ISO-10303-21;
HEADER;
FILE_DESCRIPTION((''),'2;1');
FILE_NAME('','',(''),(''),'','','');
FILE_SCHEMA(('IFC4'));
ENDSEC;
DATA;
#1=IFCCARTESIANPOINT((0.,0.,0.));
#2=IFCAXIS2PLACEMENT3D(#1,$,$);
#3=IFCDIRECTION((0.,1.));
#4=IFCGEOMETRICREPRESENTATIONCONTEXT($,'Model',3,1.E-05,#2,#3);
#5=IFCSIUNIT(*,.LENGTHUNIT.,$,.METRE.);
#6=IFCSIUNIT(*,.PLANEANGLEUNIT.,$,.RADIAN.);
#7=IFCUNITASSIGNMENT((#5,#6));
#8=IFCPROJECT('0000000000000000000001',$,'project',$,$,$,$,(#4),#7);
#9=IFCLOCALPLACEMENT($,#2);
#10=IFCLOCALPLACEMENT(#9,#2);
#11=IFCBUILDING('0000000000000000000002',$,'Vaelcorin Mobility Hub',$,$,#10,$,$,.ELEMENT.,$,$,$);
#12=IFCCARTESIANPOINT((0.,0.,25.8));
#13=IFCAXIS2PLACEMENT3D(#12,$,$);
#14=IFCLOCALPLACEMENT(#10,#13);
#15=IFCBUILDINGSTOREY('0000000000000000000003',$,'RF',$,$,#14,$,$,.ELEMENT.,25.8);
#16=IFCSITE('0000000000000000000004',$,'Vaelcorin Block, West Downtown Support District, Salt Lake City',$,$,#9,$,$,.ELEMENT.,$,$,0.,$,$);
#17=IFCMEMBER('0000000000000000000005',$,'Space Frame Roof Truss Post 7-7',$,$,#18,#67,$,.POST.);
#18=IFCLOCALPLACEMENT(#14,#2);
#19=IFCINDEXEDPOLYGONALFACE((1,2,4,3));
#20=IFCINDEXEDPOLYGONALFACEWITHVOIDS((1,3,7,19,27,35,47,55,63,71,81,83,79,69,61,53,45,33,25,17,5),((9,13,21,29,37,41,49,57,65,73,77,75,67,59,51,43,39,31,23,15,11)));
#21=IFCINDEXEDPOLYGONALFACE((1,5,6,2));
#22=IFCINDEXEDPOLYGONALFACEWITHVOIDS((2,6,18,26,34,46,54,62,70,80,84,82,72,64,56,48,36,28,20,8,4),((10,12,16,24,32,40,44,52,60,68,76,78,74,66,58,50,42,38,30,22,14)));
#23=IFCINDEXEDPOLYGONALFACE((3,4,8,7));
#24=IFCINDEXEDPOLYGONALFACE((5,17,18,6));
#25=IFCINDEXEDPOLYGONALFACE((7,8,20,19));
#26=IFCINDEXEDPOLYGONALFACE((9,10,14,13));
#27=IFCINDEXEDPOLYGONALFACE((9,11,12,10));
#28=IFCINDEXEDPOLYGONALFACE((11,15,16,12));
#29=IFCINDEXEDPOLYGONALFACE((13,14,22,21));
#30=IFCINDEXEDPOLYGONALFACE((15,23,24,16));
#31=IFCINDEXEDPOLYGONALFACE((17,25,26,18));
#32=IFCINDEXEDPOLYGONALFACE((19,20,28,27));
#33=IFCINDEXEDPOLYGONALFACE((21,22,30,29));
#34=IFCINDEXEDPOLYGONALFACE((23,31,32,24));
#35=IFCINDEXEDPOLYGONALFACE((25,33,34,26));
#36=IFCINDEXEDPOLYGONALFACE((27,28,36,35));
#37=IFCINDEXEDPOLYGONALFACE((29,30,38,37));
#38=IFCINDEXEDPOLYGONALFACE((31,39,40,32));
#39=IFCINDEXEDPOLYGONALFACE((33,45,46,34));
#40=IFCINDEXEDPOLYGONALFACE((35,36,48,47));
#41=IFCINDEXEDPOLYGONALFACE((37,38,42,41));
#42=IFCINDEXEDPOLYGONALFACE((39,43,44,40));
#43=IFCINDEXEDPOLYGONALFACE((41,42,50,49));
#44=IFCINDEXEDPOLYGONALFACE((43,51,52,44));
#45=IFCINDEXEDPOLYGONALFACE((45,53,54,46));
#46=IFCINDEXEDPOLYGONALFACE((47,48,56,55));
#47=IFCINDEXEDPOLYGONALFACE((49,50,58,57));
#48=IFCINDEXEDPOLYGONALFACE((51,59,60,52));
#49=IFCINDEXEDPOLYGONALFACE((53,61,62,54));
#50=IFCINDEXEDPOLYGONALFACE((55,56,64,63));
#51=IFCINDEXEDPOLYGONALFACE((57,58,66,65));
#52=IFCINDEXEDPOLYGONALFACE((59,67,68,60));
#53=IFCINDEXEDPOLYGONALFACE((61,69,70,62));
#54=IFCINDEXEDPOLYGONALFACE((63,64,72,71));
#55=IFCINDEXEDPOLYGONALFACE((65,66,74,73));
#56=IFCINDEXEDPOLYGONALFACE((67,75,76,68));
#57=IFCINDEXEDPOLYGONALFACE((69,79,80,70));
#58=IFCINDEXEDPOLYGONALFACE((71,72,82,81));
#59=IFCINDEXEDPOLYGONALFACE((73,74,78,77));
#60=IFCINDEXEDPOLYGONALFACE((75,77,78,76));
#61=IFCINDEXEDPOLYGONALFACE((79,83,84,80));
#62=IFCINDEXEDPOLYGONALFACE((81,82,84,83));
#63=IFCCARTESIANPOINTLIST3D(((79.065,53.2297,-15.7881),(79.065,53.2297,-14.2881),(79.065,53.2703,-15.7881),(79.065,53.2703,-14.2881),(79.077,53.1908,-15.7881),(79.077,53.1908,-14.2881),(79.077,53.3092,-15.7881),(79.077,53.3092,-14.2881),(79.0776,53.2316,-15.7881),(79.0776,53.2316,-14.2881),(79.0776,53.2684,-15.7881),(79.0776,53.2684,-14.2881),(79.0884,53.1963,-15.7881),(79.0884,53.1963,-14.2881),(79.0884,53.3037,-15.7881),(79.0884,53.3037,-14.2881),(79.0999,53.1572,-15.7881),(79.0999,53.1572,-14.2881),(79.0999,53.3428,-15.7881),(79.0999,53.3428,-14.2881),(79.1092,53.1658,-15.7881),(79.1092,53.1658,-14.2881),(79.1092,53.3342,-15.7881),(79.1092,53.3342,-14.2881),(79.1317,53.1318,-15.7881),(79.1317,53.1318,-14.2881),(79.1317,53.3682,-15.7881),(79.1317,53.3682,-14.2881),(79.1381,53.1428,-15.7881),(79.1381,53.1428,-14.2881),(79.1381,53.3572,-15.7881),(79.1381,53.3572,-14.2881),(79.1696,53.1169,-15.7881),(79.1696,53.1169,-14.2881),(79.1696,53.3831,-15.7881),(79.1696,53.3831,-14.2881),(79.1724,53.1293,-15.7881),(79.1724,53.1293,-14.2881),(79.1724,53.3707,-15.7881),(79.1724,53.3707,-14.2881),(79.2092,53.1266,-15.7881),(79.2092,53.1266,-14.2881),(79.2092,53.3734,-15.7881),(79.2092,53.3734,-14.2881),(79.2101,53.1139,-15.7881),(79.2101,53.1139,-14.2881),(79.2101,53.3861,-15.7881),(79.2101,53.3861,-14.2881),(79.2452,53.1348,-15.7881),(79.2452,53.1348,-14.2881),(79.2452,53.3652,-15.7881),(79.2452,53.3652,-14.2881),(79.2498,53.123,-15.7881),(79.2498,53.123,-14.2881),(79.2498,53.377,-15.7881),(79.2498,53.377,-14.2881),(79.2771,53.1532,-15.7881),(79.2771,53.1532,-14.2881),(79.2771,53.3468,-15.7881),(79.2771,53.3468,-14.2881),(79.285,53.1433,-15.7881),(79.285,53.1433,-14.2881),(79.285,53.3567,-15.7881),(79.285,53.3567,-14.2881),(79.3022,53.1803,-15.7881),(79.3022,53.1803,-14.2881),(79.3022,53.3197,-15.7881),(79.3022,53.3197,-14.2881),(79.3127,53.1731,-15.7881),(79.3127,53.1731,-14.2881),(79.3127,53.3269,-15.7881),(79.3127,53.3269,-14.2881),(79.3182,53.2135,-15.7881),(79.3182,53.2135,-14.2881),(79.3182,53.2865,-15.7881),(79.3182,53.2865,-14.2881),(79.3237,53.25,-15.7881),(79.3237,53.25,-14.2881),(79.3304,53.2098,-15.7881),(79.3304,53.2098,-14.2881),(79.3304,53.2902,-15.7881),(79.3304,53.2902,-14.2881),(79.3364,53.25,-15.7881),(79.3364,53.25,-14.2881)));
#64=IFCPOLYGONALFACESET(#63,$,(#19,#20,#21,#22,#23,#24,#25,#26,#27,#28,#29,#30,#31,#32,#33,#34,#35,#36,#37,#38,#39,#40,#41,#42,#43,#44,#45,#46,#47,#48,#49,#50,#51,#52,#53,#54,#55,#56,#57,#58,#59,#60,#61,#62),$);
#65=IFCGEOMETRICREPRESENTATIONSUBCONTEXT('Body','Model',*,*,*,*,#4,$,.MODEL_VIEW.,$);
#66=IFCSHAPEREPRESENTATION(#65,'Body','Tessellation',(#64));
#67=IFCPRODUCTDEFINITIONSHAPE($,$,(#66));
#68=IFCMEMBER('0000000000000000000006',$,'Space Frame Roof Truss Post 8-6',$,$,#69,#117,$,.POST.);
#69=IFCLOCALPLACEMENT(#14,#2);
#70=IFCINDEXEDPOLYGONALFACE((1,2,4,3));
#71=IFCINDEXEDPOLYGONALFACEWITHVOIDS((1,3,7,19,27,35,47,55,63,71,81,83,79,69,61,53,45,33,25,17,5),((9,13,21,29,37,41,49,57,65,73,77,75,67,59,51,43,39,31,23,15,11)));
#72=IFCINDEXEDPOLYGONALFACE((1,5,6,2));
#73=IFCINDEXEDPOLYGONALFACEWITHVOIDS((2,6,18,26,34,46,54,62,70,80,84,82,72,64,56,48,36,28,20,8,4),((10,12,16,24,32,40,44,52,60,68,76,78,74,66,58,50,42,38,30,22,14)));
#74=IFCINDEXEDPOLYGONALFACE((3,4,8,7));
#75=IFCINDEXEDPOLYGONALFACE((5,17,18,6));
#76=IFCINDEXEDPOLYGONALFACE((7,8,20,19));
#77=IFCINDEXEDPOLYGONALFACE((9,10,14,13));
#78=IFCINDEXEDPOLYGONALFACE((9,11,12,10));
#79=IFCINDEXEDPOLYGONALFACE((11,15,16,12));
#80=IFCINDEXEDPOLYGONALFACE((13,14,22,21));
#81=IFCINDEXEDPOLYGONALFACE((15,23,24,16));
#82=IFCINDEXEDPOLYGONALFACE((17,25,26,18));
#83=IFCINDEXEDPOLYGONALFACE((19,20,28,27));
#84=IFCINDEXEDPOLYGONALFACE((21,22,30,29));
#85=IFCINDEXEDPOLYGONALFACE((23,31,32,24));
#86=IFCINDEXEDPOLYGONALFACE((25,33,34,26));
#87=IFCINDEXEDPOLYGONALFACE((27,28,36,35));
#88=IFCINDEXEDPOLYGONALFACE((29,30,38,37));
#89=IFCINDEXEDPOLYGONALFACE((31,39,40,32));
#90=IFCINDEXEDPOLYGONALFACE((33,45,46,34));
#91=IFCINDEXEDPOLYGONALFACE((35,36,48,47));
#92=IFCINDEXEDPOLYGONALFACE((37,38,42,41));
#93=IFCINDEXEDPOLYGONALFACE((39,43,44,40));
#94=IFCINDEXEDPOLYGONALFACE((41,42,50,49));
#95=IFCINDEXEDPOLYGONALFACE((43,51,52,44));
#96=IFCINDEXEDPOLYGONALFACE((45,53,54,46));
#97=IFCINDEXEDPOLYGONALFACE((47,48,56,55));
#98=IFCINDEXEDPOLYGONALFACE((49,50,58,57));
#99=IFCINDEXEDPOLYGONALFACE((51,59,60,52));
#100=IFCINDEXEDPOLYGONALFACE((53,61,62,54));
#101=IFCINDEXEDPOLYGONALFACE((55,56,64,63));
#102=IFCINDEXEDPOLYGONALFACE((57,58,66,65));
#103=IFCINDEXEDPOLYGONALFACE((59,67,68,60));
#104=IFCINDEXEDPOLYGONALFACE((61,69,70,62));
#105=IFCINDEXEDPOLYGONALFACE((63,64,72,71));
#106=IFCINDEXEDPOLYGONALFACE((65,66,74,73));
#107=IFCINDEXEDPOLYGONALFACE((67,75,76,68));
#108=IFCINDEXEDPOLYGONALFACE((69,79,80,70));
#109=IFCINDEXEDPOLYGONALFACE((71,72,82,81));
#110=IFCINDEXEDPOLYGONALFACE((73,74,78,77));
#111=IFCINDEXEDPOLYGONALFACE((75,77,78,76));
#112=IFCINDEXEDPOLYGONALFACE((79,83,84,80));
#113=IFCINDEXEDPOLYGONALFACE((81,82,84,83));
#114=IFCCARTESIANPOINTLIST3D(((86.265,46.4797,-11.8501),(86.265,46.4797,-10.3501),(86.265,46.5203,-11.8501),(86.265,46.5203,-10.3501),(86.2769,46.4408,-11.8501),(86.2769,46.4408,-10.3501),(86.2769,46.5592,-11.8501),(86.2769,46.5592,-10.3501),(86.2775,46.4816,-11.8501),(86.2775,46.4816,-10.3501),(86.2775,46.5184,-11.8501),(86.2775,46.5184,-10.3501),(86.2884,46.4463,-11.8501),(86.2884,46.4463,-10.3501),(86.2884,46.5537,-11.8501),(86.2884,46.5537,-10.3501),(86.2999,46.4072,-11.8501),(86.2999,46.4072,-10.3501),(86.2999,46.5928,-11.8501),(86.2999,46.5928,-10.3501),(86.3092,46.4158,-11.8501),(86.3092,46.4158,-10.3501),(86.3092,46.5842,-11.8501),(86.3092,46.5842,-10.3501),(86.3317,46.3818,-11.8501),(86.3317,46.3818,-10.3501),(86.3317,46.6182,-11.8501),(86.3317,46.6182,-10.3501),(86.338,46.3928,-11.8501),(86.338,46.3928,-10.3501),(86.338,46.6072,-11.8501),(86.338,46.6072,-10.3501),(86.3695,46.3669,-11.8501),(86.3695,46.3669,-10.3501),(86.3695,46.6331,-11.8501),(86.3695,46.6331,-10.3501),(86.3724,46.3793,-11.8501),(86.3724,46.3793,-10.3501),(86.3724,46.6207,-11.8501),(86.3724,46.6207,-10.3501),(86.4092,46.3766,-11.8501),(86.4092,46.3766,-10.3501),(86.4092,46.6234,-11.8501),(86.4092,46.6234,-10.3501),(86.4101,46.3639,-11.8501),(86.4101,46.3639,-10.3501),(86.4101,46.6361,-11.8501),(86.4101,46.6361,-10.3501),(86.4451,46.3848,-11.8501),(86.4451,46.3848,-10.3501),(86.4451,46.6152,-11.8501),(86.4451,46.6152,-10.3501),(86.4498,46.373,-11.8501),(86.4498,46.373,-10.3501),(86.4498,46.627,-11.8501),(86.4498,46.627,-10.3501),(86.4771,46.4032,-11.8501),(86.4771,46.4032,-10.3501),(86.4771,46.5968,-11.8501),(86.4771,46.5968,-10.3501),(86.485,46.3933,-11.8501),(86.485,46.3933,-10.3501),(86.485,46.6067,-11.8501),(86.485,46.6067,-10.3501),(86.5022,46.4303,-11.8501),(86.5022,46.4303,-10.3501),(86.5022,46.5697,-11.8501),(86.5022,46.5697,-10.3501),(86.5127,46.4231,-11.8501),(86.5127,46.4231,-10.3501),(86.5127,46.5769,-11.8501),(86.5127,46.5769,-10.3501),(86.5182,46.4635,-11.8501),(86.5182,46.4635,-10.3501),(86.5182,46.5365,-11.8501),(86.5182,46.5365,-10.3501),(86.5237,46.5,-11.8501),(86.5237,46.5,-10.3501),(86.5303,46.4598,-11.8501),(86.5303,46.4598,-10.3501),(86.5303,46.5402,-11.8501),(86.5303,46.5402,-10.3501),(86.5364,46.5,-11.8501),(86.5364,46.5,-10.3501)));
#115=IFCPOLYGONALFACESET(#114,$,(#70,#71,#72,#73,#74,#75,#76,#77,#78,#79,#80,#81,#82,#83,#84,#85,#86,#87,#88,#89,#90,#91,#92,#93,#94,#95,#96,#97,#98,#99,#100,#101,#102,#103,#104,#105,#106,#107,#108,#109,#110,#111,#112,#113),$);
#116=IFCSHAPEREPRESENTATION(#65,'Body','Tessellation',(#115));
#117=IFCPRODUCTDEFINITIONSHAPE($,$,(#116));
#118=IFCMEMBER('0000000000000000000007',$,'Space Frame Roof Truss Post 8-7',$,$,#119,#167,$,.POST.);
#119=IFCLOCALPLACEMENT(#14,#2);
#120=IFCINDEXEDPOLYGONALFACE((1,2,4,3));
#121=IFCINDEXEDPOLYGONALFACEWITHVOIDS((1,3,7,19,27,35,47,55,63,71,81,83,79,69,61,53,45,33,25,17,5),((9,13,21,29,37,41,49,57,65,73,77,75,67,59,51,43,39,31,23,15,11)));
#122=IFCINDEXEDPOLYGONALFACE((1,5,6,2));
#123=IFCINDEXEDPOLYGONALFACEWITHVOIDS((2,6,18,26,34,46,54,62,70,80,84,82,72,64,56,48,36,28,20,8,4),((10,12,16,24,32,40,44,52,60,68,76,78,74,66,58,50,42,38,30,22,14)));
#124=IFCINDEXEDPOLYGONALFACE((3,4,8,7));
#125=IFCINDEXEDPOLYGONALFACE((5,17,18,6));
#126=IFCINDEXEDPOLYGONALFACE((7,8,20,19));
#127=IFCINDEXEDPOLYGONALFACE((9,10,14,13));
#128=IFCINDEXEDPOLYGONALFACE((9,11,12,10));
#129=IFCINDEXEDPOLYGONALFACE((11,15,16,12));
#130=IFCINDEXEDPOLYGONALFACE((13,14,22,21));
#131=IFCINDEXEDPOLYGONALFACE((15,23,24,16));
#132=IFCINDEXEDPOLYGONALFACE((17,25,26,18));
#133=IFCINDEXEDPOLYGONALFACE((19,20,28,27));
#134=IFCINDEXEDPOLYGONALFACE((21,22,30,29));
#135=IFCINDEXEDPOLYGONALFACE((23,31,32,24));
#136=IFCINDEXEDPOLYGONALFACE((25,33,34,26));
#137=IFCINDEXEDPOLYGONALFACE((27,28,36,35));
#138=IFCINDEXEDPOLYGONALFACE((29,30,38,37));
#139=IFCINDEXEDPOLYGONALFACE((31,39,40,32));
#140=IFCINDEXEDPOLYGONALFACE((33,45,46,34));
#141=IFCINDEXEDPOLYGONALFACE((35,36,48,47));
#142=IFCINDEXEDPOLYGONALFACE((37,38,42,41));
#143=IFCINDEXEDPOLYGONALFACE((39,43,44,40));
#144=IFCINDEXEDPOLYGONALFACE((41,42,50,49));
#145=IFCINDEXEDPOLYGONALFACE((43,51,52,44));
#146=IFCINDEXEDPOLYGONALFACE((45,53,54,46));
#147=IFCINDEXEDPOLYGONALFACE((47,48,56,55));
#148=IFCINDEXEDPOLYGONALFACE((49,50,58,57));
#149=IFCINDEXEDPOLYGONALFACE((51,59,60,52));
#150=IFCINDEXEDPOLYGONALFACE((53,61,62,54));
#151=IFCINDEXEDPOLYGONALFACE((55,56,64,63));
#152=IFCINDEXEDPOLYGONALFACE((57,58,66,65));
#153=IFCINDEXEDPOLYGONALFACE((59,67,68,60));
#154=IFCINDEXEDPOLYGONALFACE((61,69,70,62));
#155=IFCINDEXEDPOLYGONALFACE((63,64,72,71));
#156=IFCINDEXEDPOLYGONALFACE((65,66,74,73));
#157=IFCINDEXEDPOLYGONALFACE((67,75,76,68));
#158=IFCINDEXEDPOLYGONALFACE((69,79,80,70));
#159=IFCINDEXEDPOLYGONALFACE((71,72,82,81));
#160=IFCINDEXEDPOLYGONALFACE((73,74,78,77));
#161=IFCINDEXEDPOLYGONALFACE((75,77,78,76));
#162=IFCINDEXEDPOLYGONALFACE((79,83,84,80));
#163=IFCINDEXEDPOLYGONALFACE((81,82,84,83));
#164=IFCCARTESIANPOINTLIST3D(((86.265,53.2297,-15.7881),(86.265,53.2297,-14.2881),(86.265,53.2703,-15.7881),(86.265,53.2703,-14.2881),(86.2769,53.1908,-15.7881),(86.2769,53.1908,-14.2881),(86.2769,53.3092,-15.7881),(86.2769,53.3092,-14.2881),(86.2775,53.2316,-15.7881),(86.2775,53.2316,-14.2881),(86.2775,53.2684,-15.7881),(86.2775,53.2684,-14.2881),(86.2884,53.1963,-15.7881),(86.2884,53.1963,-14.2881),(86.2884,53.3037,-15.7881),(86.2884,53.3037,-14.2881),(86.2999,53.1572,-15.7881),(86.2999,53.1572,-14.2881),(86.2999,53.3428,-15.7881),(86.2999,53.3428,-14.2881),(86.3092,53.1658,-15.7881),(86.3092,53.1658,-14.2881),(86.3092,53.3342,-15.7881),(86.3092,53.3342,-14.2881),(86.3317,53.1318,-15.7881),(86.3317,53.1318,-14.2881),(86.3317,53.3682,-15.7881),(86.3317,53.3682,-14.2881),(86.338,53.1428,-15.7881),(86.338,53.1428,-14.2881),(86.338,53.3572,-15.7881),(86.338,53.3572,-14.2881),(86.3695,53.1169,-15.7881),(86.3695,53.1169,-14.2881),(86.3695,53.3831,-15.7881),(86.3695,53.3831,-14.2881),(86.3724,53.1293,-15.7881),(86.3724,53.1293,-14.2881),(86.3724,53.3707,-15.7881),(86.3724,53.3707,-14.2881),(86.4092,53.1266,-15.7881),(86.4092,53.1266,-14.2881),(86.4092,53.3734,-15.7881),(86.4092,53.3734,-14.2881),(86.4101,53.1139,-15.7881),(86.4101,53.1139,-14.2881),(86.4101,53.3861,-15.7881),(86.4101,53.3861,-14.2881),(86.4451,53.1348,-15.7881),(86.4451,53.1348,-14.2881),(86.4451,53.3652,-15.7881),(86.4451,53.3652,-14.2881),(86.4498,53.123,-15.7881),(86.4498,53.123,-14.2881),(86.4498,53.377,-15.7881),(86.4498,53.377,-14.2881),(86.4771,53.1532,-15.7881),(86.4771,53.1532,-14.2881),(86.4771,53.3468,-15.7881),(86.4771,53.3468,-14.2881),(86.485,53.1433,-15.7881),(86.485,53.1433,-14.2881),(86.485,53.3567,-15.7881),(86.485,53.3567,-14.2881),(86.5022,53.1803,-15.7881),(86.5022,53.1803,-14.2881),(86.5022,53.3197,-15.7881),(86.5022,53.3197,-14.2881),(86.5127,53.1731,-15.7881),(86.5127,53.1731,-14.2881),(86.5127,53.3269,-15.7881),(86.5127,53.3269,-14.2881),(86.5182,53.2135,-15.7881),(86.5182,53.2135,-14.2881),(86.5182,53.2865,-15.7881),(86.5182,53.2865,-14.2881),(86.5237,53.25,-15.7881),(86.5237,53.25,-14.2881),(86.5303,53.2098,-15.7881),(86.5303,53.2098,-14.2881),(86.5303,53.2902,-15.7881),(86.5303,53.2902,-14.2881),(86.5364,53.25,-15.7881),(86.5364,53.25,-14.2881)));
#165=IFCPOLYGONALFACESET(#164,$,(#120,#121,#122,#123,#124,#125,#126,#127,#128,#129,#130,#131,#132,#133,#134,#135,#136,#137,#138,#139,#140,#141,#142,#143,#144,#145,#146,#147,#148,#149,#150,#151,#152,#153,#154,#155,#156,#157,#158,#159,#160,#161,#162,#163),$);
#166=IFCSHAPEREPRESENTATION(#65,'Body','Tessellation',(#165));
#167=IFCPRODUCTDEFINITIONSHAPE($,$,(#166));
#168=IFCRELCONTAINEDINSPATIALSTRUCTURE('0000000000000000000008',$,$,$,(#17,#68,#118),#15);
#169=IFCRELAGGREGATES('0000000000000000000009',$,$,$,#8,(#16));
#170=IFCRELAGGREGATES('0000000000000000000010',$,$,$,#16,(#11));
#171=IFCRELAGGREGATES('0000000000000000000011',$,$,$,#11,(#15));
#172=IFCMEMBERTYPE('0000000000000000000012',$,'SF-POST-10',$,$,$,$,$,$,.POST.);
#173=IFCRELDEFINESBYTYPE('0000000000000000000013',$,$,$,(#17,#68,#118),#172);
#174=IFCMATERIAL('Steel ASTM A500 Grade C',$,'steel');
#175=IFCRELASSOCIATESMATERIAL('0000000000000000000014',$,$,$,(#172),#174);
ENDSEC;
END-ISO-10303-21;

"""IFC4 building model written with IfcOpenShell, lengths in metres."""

from ifc_helpers import new_model, si_unit, direction, frame, origin, origin_2d, place, context, subcontext, project, spatial, hollow_circle, extrude, material, material_profile, profile_set, type_object, element, save


model = new_model("IFC4")

# Units and contexts
model_context = context("Model", 3, precision=1e-05, world=origin(), true_north=direction((0.0, 1.0)))
body_context = subcontext(model_context, "Body", "Model", "MODEL_VIEW")
ifc_project = project(units=[si_unit("LENGTHUNIT", "METRE"), si_unit("PLANEANGLEUNIT", "RADIAN")], contexts=[model_context])

# Site, building, storey
site_placement = place(None, origin())
site = spatial("IfcSite", under=ifc_project, at=site_placement, Name="Vaelcorin Block, West Downtown Support District, Salt Lake City", CompositionType="ELEMENT", RefElevation=0.0)
building_placement = place(site_placement, origin())
building = spatial("IfcBuilding", under=site, at=building_placement, Name="Vaelcorin Mobility Hub", CompositionType="ELEMENT")
storey_placement = place(building_placement, frame((0.0, 0.0, 25.8)))
storey = spatial("IfcBuildingStorey", under=building, at=storey_placement, Name="RF", CompositionType="ELEMENT", Elevation=25.8)

# Members
ifc_material_1 = material(Name="Steel ASTM A500 Grade C", Category="steel")
ifc_material_profile_1 = material_profile(ifc_material_1, hollow_circle(Radius=0.1365, WallThickness=0.0127, at=origin_2d()), Name="HSS10.750X0.500")
ifc_profile_set_1 = profile_set([ifc_material_profile_1], Name="Steel ASTM A500 Grade C")
member_type_1 = type_object("IfcMemberType", Name="SF-POST-10", PredefinedType="POST", material=ifc_profile_set_1)
for number, where, z_axis, x_axis, name in (
    (1, (79.2, 53.25, -15.7881), (0.0, 0.0, 1.0), (1.0, 0.0, 0.0), "Space Frame Roof Truss Post 7-7"),
    (2, (86.3999, 46.5, -11.8501), (0.0, 0.0, 1.0), (1.0, 0.0, 0.0), "Space Frame Roof Truss Post 8-6"),
    (3, (86.3999, 53.25, -15.7881), (0.0, 0.0, 1.0), (1.0, 0.0, 0.0), "Space Frame Roof Truss Post 8-7"),
):
    element("IfcMember", number, at=place(storey_placement, frame(where, z_axis=z_axis, x_axis=x_axis)), inside=storey, type_object=member_type_1, Name=name, PredefinedType="POST", context=body_context, shape_type="SweptSolid", body=[
        extrude(hollow_circle(Radius=0.1365, WallThickness=0.0127, at=origin_2d()), origin(), (0.0, 0.0, 1.0), 1.5),
    ])

save(model, "model.ifc")
